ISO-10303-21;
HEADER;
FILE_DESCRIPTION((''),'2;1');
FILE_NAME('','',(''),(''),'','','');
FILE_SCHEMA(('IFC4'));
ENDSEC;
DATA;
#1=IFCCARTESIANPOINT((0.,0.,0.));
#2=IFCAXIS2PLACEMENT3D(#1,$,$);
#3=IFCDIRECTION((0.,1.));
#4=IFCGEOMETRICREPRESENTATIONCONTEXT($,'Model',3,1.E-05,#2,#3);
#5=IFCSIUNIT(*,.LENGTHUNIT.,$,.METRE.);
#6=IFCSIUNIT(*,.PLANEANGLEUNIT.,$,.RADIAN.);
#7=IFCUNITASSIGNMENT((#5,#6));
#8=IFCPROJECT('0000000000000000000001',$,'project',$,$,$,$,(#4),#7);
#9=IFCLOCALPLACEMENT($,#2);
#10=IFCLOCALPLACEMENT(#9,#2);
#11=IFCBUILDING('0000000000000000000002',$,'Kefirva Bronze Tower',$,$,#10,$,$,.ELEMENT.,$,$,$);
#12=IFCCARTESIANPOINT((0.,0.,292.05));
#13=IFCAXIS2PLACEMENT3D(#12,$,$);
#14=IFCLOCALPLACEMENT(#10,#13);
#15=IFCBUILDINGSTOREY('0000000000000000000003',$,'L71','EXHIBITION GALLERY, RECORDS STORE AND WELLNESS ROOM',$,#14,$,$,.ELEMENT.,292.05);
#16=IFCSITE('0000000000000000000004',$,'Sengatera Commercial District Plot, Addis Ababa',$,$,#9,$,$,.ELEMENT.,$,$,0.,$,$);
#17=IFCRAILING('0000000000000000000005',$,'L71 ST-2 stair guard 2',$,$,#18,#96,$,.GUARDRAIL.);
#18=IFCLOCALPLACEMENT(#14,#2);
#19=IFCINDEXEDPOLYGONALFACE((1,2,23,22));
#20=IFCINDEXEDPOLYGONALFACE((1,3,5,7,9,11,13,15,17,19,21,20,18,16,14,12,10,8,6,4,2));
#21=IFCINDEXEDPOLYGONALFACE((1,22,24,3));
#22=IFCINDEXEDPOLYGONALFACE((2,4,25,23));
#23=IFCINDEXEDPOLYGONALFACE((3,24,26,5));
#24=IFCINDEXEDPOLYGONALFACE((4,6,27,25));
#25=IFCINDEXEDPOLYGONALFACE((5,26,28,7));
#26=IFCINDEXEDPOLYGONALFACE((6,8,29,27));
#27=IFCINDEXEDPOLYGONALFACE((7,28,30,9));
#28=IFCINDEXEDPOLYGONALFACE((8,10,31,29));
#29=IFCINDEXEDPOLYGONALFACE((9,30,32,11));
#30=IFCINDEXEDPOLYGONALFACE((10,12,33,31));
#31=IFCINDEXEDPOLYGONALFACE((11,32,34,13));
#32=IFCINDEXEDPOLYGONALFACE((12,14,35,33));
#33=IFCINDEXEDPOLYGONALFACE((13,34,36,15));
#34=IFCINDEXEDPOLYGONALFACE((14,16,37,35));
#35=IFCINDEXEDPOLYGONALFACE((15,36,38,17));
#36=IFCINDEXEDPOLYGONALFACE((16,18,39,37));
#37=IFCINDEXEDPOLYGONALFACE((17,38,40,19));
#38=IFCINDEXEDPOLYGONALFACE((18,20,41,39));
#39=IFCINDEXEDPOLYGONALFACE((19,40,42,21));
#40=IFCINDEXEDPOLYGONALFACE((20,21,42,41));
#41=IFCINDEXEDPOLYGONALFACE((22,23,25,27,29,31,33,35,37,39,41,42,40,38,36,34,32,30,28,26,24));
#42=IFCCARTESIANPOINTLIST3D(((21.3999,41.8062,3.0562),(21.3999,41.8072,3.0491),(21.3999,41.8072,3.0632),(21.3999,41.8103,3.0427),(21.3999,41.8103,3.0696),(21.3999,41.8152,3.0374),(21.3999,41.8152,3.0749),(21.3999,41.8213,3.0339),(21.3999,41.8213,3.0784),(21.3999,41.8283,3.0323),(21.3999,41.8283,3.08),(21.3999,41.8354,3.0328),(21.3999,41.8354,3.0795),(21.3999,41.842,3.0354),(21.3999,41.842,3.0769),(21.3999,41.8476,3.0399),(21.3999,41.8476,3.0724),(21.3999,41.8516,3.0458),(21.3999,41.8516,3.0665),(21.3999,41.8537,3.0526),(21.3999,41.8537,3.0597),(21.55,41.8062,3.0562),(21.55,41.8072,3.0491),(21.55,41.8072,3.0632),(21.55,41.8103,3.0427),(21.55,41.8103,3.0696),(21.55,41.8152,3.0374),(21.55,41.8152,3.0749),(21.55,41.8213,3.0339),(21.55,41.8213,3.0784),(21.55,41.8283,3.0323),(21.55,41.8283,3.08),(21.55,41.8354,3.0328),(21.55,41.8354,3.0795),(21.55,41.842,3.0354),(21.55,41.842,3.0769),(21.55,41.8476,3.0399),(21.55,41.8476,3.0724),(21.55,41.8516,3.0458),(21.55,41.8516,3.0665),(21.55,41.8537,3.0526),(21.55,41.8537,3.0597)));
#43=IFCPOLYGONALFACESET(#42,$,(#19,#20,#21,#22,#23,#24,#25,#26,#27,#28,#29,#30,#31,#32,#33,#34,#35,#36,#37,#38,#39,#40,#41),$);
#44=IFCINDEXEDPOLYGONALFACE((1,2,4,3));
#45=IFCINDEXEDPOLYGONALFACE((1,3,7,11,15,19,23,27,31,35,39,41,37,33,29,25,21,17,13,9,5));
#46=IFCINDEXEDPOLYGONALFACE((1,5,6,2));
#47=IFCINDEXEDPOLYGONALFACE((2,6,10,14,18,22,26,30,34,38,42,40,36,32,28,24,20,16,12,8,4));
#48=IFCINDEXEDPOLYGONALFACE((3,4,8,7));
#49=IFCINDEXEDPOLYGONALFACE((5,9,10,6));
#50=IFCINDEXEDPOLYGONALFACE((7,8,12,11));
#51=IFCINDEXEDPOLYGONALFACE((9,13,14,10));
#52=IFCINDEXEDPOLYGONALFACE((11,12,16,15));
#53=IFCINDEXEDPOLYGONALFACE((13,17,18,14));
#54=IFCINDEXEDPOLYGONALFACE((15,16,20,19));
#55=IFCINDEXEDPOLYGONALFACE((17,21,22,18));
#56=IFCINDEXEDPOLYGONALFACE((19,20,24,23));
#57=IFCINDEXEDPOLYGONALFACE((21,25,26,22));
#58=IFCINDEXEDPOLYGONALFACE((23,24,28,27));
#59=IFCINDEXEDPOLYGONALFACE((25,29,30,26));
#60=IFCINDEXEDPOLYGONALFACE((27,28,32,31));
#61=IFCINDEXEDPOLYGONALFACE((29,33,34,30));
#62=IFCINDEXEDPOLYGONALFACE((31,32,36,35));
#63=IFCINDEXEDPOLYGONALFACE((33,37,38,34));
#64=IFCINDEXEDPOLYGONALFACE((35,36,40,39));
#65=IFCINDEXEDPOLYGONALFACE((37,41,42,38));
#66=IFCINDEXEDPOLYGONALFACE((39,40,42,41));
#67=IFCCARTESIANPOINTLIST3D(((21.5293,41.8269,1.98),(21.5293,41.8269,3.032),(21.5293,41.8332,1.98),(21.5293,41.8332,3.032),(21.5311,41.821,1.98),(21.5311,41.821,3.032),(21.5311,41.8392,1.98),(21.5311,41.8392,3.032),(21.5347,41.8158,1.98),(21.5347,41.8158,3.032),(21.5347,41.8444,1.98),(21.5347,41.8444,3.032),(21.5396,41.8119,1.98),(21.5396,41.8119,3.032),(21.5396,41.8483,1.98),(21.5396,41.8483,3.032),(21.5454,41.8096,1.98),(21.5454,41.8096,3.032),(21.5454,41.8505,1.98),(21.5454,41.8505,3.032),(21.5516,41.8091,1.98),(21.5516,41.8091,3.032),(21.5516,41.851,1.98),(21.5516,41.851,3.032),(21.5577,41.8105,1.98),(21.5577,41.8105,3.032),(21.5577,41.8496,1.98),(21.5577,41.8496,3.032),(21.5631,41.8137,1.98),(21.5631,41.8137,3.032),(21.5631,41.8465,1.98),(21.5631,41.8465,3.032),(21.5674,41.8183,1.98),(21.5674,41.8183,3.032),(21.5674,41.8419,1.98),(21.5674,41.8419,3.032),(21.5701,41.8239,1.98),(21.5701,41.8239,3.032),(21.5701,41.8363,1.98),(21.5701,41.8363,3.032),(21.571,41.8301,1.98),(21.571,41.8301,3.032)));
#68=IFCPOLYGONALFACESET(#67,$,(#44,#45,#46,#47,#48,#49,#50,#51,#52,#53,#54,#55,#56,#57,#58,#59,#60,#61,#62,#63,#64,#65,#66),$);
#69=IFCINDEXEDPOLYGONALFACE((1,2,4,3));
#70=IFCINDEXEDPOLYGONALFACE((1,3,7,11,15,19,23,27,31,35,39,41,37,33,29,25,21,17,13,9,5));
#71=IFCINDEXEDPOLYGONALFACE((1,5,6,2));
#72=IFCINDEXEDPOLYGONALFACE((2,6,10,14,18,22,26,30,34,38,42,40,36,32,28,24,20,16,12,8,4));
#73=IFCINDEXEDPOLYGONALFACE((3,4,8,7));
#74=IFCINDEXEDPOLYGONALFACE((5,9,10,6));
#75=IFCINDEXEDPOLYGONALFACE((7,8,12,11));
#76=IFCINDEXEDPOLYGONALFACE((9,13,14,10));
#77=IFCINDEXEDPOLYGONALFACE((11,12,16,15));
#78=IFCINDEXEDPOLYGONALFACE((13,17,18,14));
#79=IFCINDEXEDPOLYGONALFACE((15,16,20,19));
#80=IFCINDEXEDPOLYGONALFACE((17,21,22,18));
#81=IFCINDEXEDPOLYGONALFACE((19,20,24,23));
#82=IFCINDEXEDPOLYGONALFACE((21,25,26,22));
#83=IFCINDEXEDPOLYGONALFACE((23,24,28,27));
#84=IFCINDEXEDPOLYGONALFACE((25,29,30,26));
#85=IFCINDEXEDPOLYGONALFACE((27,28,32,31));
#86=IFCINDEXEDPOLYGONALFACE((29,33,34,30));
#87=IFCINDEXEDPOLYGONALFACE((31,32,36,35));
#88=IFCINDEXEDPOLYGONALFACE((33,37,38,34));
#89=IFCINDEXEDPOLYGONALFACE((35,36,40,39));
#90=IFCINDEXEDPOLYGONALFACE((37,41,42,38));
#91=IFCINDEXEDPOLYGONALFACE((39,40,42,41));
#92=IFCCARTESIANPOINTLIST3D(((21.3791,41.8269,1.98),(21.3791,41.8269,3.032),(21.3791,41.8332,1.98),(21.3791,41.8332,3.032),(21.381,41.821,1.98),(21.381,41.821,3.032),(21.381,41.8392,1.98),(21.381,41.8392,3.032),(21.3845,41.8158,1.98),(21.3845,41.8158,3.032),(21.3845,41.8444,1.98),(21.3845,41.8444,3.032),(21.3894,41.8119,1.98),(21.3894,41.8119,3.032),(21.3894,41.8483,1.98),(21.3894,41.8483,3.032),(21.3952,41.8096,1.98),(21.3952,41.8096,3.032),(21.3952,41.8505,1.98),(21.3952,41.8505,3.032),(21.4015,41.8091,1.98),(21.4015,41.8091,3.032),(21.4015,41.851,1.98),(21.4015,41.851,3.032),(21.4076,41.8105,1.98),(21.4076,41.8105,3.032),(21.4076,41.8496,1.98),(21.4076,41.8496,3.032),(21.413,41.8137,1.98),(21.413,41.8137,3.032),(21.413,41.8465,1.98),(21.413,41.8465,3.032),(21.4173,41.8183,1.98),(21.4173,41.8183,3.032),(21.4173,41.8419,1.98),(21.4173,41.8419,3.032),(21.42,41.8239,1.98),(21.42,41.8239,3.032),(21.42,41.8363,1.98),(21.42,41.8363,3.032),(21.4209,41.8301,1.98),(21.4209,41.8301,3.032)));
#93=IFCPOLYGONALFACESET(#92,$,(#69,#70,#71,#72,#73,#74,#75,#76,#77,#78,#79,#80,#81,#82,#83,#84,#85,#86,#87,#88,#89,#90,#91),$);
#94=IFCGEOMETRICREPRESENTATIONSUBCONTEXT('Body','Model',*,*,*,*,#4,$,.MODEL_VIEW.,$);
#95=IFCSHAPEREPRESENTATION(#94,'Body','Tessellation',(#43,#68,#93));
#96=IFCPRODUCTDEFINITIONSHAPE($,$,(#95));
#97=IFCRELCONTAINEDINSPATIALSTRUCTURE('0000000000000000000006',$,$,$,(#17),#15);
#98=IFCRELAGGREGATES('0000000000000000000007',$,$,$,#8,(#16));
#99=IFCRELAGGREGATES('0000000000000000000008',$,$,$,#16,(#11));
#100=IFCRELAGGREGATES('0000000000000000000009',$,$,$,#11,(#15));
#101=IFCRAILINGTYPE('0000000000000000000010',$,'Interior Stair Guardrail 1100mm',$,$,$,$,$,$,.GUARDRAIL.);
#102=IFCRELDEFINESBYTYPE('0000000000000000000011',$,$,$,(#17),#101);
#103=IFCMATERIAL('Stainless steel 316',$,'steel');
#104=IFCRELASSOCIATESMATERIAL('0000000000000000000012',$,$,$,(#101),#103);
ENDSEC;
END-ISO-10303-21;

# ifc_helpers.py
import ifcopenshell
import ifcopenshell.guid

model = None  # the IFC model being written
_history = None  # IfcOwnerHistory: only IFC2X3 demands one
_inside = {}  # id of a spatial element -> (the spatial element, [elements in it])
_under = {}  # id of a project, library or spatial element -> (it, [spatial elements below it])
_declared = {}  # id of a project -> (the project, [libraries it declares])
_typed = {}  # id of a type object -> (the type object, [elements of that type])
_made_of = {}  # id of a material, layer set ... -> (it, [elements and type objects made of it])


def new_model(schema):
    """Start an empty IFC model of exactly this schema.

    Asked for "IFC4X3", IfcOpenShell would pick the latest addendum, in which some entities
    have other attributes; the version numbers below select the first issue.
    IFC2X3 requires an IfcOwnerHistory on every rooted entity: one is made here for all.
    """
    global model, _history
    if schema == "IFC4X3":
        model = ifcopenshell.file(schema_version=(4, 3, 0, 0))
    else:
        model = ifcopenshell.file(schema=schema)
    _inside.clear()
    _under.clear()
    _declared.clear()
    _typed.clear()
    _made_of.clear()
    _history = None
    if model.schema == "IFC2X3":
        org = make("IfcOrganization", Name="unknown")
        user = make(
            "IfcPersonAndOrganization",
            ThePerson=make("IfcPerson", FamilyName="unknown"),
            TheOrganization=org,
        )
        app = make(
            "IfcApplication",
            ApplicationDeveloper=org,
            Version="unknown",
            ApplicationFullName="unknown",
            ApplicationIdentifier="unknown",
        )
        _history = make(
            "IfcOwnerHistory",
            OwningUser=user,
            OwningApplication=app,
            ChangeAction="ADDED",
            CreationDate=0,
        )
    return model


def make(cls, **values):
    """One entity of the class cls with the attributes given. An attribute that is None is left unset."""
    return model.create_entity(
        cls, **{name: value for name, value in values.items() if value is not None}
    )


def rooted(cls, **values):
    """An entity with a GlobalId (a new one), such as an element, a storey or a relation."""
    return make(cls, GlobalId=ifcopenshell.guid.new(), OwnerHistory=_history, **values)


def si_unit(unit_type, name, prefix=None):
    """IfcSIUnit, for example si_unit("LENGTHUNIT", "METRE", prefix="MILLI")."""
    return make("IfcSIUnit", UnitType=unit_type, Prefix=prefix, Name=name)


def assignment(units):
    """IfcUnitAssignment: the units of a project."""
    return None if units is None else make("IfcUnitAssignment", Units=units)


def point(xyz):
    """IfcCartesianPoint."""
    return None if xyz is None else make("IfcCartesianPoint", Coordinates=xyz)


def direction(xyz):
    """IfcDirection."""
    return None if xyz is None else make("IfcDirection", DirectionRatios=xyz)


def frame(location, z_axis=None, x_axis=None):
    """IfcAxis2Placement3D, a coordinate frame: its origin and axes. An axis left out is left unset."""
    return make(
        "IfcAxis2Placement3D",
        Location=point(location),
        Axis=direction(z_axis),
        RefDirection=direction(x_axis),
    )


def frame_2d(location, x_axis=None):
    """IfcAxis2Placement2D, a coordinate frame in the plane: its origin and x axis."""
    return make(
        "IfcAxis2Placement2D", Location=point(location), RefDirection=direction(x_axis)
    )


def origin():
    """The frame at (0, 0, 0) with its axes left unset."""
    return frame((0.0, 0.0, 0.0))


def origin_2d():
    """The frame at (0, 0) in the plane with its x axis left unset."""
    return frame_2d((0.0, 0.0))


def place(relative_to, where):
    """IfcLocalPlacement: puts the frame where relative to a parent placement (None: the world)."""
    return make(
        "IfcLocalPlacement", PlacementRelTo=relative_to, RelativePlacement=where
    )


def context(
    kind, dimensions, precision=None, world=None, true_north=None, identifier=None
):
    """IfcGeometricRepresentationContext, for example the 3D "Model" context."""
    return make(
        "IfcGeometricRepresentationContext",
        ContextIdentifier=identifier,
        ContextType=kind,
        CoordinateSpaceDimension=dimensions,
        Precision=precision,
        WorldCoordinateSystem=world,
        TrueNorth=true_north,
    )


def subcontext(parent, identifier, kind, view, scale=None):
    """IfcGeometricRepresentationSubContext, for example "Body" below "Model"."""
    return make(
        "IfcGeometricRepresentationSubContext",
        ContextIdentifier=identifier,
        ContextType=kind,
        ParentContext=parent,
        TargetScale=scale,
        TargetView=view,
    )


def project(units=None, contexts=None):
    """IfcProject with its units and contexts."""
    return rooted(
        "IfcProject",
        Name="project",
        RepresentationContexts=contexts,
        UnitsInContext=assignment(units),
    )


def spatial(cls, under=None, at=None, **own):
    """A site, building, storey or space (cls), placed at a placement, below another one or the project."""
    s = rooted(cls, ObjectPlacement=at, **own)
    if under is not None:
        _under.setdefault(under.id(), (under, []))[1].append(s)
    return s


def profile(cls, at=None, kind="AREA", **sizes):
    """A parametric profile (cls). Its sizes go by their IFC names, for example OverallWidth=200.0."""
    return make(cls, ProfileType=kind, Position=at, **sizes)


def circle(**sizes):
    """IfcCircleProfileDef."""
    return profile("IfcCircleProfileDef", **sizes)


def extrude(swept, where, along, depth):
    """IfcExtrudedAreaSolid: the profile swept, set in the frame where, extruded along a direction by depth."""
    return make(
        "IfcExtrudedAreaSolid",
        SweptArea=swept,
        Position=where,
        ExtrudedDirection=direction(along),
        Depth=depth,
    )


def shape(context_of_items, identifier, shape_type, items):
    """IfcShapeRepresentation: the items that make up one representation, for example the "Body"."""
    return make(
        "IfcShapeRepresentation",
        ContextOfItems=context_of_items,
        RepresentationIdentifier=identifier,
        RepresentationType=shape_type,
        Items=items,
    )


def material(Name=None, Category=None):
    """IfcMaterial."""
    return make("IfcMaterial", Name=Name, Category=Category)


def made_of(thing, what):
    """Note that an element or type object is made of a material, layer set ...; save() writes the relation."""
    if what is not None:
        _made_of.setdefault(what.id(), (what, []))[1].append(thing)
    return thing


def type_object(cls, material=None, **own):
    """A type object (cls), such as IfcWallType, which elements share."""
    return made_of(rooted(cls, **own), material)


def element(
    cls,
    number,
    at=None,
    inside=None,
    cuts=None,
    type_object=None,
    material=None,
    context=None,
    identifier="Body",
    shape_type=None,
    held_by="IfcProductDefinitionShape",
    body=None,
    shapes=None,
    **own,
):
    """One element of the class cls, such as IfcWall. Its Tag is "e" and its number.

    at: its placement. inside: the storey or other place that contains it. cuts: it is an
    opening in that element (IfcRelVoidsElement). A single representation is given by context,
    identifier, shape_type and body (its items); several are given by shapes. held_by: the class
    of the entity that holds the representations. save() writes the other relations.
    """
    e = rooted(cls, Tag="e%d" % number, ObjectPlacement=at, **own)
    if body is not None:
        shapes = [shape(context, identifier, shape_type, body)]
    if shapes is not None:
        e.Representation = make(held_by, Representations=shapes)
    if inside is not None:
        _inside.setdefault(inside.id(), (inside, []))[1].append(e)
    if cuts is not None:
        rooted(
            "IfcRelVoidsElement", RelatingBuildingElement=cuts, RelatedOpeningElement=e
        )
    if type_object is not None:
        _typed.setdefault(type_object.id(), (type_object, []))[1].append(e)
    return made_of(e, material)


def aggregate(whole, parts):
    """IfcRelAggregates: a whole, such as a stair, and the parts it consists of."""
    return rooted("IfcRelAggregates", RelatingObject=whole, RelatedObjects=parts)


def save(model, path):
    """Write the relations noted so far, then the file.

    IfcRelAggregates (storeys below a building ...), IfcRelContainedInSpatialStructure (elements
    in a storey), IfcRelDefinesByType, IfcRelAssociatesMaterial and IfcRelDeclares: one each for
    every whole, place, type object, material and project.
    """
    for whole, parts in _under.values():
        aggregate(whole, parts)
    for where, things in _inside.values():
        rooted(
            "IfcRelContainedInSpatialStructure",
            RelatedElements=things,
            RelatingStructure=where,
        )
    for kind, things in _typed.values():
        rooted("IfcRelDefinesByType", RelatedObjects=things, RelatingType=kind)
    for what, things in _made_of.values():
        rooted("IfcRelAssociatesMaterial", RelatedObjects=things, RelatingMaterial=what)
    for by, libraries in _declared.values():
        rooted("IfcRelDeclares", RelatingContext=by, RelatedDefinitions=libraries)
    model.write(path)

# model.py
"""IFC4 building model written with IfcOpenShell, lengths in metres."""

from ifc_helpers import new_model, si_unit, direction, frame, origin, origin_2d, place, context, subcontext, project, spatial, circle, extrude, material, type_object, element, save


model = new_model("IFC4")

# Units and contexts
model_context = context("Model", 3, precision=1e-05, world=origin(), true_north=direction((0.0, 1.0)))
body_context = subcontext(model_context, "Body", "Model", "MODEL_VIEW")
ifc_project = project(units=[si_unit("LENGTHUNIT", "METRE"), si_unit("PLANEANGLEUNIT", "RADIAN")], contexts=[model_context])

# Site, building, storey
site_placement = place(None, origin())
site = spatial("IfcSite", under=ifc_project, at=site_placement, Name="Sengatera Commercial District Plot, Addis Ababa", CompositionType="ELEMENT", RefElevation=0.0)
building_placement = place(site_placement, origin())
building = spatial("IfcBuilding", under=site, at=building_placement, Name="Kefirva Bronze Tower", CompositionType="ELEMENT")
storey_placement = place(building_placement, frame((0.0, 0.0, 292.05)))
storey = spatial("IfcBuildingStorey", under=building, at=storey_placement, Name="L71", Description="EXHIBITION GALLERY, RECORDS STORE AND WELLNESS ROOM", CompositionType="ELEMENT", Elevation=292.05)

# Shared definitions
ifc_material_1 = material(Name="Stainless steel 316", Category="steel")

# Railing
railing_type_1 = type_object("IfcRailingType", Name="Interior Stair Guardrail 1100mm", PredefinedType="GUARDRAIL", material=ifc_material_1)
railing_1_placement = place(storey_placement, frame((21.55, 41.8301, 1.98)))
element("IfcRailing", 1, at=railing_1_placement, inside=storey, type_object=railing_type_1, Name="L71 ST-2 stair guard 2", PredefinedType="GUARDRAIL", context=body_context, shape_type="SweptSolid", body=[
    extrude(circle(Radius=0.0239, at=origin_2d()), frame((0.0, 0.0, 1.0762), z_axis=(-1.0, 0.0, 0.0), x_axis=(0.0, -1.0, 0.0)), (0.0, 0.0, 1.0), 0.1501),
    extrude(circle(Radius=0.021, at=origin_2d()), origin(), (0.0, 0.0, 1.0), 1.052),
    extrude(circle(Radius=0.021, at=origin_2d()), frame((-0.1501, 0.0, 0.0)), (0.0, 0.0, 1.0), 1.052),
])

save(model, "model.ifc")
